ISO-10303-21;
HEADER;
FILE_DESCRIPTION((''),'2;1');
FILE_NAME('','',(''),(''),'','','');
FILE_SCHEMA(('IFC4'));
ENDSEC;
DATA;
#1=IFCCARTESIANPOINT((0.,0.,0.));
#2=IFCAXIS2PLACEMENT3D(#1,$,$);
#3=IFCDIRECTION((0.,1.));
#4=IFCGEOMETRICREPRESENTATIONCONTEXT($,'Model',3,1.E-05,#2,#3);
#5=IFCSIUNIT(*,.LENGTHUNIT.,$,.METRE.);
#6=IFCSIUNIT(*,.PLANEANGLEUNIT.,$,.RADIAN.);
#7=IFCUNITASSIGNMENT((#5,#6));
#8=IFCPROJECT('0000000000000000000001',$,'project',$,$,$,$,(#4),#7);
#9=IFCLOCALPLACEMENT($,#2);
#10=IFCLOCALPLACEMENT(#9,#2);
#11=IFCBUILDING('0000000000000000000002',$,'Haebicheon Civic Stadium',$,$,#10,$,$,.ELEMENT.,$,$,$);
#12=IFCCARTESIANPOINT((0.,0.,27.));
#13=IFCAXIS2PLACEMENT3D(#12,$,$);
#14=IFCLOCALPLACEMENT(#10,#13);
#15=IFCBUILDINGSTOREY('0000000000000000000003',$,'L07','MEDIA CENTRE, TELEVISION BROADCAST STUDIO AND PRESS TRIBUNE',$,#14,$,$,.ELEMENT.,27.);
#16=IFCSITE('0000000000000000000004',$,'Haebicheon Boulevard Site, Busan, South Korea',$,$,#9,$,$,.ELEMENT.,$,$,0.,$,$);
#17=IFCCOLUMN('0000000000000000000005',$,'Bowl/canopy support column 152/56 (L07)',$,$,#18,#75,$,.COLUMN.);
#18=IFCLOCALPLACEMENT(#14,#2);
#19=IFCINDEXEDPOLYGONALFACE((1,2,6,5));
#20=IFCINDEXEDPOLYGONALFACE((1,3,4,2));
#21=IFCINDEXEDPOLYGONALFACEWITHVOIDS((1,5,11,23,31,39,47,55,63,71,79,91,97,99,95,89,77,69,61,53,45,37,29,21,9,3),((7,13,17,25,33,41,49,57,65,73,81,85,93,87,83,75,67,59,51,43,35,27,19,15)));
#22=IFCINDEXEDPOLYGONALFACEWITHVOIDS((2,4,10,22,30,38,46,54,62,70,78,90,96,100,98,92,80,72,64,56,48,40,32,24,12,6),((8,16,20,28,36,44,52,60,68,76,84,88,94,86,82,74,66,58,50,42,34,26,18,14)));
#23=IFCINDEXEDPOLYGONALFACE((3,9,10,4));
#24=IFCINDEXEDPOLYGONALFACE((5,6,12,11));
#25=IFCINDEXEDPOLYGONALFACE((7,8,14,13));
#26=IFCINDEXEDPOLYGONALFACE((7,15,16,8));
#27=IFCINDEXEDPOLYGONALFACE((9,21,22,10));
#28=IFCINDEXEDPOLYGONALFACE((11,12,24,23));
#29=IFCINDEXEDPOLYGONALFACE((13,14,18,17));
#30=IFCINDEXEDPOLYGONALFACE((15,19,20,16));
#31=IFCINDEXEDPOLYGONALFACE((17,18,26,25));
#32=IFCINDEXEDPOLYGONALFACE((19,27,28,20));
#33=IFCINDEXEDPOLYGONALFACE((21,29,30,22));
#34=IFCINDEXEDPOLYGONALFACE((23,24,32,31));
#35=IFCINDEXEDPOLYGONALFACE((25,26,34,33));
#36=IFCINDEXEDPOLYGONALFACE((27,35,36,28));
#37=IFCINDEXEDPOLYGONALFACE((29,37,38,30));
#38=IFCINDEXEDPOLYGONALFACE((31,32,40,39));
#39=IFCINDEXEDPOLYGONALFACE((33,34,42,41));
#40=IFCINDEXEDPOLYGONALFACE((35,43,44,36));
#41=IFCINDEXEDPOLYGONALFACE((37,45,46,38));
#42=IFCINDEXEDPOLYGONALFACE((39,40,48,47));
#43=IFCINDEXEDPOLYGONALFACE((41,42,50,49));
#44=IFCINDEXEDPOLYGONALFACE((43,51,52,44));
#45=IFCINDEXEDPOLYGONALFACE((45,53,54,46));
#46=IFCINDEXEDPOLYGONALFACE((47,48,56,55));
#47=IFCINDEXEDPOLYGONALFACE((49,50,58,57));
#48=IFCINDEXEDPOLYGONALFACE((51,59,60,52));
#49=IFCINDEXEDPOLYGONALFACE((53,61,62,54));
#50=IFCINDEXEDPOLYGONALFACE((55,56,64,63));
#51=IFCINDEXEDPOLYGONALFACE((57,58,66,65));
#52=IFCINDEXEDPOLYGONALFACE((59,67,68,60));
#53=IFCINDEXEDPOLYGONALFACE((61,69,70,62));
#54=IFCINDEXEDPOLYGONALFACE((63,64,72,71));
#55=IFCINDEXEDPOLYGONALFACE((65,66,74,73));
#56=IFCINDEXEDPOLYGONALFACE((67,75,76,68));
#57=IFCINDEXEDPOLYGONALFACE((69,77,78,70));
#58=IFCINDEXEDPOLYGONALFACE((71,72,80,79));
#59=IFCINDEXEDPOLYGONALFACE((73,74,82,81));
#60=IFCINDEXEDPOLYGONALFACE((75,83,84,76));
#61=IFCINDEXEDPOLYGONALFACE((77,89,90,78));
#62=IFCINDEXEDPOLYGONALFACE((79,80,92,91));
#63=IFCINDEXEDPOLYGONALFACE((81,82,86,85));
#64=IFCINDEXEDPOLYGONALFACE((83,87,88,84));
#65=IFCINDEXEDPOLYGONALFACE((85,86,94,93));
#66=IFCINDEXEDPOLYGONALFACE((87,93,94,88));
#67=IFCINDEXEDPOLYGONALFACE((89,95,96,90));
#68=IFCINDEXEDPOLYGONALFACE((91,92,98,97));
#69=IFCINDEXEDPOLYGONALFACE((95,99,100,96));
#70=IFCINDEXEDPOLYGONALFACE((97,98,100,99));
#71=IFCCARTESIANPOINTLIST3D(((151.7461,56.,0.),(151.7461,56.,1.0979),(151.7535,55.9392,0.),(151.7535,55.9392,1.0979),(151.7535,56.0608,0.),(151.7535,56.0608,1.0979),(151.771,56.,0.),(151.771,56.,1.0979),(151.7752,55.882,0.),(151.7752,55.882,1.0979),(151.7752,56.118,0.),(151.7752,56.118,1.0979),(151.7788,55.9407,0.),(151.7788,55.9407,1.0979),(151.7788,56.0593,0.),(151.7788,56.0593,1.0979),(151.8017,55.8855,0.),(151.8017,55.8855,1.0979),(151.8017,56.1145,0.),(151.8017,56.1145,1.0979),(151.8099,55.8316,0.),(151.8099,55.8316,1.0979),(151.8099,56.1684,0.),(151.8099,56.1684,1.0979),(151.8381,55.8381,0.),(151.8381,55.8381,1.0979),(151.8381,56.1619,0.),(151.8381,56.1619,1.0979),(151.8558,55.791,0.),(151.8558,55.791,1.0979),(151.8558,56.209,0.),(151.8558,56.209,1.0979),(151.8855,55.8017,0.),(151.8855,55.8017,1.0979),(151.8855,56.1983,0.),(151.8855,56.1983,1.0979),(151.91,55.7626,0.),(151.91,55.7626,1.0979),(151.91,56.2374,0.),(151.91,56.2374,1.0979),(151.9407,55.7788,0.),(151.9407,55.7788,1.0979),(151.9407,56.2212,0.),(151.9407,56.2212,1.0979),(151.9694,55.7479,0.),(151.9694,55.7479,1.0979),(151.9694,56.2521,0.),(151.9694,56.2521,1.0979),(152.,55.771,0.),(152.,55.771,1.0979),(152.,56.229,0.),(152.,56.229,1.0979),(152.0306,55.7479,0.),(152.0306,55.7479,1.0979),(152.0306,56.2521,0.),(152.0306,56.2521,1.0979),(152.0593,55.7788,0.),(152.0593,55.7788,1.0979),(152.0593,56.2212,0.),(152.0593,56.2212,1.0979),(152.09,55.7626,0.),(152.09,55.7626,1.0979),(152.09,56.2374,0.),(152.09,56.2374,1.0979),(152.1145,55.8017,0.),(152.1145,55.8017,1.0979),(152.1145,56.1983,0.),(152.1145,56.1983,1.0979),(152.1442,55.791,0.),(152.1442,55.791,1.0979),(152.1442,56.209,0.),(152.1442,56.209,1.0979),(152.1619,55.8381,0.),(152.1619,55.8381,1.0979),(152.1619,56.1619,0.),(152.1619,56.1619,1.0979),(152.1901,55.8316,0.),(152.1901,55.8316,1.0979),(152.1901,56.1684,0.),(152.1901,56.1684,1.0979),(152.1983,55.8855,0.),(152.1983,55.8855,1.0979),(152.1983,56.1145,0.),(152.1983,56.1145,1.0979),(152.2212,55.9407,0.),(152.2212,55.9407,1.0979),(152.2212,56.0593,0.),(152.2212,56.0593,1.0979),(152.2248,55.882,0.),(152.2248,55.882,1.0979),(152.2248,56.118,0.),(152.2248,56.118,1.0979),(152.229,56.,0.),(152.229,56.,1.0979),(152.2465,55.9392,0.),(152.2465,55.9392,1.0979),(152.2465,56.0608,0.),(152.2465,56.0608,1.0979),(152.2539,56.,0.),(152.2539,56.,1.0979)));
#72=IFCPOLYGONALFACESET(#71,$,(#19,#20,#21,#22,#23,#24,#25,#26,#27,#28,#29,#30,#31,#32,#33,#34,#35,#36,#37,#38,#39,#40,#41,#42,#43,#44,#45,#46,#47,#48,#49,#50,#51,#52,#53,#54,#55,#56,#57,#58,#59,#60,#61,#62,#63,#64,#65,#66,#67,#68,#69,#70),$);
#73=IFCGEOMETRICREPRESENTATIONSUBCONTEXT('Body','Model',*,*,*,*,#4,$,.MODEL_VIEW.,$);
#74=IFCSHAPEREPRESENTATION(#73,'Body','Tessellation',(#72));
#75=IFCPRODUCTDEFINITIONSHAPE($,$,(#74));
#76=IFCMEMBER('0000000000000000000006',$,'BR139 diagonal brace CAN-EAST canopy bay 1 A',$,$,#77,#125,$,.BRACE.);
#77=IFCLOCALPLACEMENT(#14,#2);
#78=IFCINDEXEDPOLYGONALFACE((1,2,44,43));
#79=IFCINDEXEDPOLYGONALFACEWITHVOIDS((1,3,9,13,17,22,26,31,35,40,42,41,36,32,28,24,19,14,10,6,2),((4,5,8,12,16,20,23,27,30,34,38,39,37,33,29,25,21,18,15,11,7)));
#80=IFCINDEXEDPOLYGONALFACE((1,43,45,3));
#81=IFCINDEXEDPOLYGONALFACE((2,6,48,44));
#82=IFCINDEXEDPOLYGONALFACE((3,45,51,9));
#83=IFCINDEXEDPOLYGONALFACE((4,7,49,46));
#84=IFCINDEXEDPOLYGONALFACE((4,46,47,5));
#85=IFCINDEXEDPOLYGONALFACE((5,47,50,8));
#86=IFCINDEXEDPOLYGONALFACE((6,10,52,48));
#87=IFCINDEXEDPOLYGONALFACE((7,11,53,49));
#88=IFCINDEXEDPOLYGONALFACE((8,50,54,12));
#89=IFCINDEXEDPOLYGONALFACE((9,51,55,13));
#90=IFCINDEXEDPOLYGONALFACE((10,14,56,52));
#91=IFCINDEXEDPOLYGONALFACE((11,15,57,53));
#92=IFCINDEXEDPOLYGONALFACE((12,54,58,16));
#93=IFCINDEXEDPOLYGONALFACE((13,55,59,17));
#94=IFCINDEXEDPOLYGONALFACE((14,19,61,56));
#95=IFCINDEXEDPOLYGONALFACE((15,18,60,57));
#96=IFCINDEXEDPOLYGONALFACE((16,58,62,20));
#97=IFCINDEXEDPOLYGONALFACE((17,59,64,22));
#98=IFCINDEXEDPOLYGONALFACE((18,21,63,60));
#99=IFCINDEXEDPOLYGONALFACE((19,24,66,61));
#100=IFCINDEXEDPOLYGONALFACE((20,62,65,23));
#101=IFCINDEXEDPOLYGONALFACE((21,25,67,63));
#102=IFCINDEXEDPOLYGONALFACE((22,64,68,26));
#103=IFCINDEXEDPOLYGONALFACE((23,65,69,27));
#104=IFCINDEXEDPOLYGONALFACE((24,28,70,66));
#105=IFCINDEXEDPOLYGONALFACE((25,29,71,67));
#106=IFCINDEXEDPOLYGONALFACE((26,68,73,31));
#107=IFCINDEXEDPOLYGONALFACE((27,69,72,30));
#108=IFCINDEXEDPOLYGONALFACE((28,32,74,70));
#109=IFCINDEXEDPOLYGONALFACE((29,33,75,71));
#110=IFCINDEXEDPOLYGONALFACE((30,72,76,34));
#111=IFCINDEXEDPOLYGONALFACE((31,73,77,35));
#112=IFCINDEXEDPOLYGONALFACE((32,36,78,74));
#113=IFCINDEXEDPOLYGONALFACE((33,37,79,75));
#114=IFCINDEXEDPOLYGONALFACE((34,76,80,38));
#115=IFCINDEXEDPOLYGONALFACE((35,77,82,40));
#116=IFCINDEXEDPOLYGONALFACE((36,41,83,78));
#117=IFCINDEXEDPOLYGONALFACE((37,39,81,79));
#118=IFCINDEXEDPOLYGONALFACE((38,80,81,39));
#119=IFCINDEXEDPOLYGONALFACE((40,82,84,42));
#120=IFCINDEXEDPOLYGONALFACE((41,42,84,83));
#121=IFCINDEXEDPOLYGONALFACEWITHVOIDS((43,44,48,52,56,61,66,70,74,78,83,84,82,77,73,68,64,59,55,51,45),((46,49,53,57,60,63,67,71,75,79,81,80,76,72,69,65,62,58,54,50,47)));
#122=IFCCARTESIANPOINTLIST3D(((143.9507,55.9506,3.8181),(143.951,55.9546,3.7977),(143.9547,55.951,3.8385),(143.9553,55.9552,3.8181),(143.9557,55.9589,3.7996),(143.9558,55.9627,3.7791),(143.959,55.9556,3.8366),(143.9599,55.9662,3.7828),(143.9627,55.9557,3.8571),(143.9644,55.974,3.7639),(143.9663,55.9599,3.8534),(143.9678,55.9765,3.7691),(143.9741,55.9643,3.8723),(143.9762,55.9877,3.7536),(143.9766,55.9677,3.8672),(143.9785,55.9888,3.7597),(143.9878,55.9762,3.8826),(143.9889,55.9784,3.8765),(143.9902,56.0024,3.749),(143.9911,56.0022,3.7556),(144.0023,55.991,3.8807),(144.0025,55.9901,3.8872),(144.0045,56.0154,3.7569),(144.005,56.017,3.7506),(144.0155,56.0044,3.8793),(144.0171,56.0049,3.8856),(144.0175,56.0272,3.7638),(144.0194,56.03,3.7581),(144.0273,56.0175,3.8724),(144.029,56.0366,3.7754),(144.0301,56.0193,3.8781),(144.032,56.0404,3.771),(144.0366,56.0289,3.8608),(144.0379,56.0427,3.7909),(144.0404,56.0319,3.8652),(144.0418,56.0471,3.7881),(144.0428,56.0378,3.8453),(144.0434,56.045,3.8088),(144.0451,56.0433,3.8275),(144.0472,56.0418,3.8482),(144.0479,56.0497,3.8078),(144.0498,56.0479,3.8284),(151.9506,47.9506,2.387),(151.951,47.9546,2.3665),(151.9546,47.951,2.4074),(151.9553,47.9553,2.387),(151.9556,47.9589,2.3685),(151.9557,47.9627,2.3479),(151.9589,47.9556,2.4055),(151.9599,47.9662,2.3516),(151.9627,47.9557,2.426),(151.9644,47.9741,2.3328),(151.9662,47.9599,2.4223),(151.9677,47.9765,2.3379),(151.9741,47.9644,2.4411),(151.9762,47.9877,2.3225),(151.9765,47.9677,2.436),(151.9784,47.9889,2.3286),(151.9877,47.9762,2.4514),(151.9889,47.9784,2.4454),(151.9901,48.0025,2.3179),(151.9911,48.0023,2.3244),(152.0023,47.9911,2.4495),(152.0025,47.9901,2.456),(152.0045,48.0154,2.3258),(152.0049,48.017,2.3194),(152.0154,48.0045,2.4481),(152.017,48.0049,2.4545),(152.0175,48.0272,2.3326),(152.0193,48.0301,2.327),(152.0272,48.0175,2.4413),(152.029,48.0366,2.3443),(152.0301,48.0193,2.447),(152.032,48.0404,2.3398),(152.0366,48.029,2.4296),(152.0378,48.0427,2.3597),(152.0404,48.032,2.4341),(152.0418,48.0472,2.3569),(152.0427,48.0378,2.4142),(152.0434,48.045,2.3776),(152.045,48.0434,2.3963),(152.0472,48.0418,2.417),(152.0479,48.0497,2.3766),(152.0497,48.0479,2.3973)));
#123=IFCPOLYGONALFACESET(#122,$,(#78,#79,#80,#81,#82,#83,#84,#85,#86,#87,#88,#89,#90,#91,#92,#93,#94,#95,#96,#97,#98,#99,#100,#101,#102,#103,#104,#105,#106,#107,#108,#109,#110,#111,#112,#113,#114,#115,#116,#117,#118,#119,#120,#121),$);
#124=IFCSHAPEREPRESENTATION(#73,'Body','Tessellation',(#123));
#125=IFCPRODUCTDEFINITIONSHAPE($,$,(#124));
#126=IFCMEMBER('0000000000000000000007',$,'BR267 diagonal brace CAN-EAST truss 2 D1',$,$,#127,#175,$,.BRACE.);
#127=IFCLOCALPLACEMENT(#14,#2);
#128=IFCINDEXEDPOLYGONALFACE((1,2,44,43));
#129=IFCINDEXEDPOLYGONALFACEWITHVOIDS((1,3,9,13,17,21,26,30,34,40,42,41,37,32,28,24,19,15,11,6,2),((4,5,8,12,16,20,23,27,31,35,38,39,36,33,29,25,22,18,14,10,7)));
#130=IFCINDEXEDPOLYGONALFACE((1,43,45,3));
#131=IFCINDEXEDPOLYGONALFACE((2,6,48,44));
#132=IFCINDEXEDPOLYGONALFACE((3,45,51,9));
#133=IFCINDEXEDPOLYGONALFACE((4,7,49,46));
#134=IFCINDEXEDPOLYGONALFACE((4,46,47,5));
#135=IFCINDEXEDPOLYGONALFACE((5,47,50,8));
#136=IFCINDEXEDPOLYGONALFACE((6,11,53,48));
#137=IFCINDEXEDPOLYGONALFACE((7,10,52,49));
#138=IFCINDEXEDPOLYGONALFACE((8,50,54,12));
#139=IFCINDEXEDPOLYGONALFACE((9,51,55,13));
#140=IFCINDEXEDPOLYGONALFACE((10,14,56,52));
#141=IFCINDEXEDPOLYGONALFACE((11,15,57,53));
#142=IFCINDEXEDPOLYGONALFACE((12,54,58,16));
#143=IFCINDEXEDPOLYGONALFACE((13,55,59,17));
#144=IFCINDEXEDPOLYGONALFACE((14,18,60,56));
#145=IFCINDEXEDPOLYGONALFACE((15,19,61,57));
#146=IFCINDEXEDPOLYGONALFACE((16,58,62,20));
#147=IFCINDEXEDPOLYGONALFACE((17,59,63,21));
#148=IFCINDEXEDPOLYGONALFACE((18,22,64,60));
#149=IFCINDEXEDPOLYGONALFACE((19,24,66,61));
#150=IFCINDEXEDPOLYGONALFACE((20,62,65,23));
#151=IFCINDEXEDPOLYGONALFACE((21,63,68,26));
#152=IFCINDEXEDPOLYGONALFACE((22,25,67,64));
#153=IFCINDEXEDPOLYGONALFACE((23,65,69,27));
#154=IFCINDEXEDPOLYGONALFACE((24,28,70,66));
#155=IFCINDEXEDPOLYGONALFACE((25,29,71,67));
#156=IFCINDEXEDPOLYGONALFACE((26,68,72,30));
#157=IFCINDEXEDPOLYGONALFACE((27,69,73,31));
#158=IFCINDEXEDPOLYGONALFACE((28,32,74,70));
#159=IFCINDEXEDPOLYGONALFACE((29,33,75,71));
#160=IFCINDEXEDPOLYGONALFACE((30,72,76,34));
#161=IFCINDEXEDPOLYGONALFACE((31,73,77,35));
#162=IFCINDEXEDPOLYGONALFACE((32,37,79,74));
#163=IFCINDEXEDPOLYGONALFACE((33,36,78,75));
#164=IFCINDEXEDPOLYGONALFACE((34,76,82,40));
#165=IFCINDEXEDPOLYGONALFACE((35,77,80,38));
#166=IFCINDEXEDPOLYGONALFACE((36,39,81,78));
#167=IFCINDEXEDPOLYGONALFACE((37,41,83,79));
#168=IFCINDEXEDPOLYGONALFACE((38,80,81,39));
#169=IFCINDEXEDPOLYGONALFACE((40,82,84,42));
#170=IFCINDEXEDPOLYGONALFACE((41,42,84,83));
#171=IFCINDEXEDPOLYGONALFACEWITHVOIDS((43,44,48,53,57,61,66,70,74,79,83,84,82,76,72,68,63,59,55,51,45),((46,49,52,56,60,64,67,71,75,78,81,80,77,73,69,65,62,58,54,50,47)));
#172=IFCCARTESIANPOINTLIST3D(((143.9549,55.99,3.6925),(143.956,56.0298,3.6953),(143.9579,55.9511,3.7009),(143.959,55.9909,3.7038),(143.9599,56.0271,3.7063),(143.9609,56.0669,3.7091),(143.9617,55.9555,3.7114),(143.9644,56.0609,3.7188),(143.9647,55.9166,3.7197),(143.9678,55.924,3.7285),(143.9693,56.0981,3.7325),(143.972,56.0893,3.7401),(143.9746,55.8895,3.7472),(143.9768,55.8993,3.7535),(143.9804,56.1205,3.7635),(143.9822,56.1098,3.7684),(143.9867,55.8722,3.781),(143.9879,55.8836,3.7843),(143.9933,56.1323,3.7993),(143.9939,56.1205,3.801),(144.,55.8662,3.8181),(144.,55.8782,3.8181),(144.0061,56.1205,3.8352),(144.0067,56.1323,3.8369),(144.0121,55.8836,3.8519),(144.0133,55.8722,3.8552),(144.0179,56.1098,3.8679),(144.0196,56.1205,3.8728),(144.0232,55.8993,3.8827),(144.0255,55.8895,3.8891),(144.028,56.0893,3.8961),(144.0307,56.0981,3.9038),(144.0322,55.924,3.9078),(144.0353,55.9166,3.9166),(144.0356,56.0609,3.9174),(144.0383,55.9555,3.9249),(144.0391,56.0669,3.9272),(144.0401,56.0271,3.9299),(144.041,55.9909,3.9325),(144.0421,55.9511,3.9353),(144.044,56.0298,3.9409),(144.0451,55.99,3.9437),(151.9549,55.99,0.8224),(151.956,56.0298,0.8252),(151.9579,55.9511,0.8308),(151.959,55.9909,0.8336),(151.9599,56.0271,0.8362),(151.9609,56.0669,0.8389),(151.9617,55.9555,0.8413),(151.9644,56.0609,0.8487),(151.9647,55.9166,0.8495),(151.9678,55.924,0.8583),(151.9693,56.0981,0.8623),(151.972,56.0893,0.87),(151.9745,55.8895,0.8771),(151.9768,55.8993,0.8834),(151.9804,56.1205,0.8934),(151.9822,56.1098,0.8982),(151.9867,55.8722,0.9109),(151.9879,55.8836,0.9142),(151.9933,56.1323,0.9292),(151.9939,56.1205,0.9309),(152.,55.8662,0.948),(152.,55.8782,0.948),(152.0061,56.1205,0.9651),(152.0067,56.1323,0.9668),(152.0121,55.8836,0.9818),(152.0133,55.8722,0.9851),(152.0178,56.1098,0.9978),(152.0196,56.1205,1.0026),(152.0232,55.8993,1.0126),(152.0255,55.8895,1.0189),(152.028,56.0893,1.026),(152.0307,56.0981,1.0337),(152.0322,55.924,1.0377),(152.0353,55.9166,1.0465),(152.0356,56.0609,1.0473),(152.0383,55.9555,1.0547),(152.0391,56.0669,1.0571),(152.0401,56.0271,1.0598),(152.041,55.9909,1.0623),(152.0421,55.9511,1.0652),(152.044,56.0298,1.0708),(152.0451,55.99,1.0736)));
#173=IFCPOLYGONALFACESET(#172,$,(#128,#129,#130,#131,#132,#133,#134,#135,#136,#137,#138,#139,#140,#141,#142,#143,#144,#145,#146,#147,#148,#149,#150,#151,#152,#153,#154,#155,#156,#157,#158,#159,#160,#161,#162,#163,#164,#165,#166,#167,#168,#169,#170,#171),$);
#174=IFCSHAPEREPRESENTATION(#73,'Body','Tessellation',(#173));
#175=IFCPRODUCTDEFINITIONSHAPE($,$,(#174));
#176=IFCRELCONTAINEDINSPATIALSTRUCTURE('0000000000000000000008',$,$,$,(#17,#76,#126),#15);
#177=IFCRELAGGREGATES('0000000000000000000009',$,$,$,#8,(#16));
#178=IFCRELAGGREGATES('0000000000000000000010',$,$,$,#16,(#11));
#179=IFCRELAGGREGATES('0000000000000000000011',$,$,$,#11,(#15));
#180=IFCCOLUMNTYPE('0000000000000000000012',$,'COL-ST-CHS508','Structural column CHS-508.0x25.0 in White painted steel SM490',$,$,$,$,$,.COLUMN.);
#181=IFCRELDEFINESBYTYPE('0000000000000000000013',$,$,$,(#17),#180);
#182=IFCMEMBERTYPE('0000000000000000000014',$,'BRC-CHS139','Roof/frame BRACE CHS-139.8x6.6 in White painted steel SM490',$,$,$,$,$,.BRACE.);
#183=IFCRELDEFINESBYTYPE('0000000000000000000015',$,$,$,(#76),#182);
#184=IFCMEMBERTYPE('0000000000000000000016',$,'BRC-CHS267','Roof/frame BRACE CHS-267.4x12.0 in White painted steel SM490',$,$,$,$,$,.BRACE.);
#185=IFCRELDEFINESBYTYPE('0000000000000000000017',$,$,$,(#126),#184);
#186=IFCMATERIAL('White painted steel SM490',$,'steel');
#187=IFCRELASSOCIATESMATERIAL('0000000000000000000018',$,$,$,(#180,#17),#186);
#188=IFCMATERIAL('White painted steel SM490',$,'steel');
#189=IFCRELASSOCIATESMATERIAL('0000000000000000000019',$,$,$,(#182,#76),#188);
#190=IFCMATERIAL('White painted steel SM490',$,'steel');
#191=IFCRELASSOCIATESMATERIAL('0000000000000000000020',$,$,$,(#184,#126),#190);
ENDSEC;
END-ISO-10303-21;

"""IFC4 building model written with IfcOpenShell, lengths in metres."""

from ifc_helpers import new_model, si_unit, direction, frame, origin, origin_2d, place, context, subcontext, project, spatial, hollow_circle, extrude, material, material_profile, profile_set, type_object, element, save


model = new_model("IFC4")

# Units and contexts
model_context = context("Model", 3, precision=1e-05, world=origin(), true_north=direction((0.0, 1.0)))
body_context = subcontext(model_context, "Body", "Model", "MODEL_VIEW")
ifc_project = project(units=[si_unit("LENGTHUNIT", "METRE"), si_unit("PLANEANGLEUNIT", "RADIAN")], contexts=[model_context])

# Site, building, storey
site_placement = place(None, origin())
site = spatial("IfcSite", under=ifc_project, at=site_placement, Name="Haebicheon Boulevard Site, Busan, South Korea", CompositionType="ELEMENT", RefElevation=0.0)
building_placement = place(site_placement, origin())
building = spatial("IfcBuilding", under=site, at=building_placement, Name="Haebicheon Civic Stadium", CompositionType="ELEMENT")
storey_placement = place(building_placement, frame((0.0, 0.0, 27.0)))
storey = spatial("IfcBuildingStorey", under=building, at=storey_placement, Name="L07", Description="MEDIA CENTRE, TELEVISION BROADCAST STUDIO AND PRESS TRIBUNE", CompositionType="ELEMENT", Elevation=27.0)

# Column
ifc_material_1 = material(Name="White painted steel SM490", Category="steel")
ifc_material_profile_1 = material_profile(ifc_material_1, hollow_circle(Radius=0.2539, WallThickness=0.0249, at=origin_2d()), Name="CHS-508.0x25.0")
ifc_profile_set_1 = profile_set([ifc_material_profile_1], Name="White painted steel SM490")
column_type = type_object("IfcColumnType", Name="COL-ST-CHS508", Description="Structural column CHS-508.0x25.0 in White painted steel SM490", PredefinedType="COLUMN", material=ifc_profile_set_1)
column_placement = place(storey_placement, frame((152.0, 56.0, 0.0), z_axis=(0.0, 0.0, 1.0), x_axis=(1.0, 0.0, 0.0)))
element("IfcColumn", 1, at=column_placement, inside=storey, type_object=column_type, material=ifc_profile_set_1, Name="Bowl/canopy support column 152/56 (L07)", PredefinedType="COLUMN", context=body_context, shape_type="SweptSolid", body=[
    extrude(hollow_circle(Radius=0.2539, WallThickness=0.0249, at=origin_2d()), origin(), (0.0, 0.0, 1.0), 1.0979),
])

# Members
ifc_material_2 = material(Name="White painted steel SM490", Category="steel")
ifc_material_profile_2 = material_profile(ifc_material_2, hollow_circle(Radius=0.0698, WallThickness=0.0066, at=origin_2d()), Name="CHS-139.8x6.6")
ifc_profile_set_2 = profile_set([ifc_material_profile_2], Name="White painted steel SM490")
member_type_1 = type_object("IfcMemberType", Name="BRC-CHS139", Description="Roof/frame BRACE CHS-139.8x6.6 in White painted steel SM490", PredefinedType="BRACE", material=ifc_profile_set_2)
member_1_placement = place(storey_placement, frame((152.0, 48.0, 2.387), z_axis=(-0.701516, 0.701516, 0.125497), x_axis=(-0.707107, -0.707107, 0.0)))
element("IfcMember", 2, at=member_1_placement, inside=storey, type_object=member_type_1, material=ifc_profile_set_2, Name="BR139 diagonal brace CAN-EAST canopy bay 1 A", PredefinedType="BRACE", context=body_context, shape_type="SweptSolid", body=[
    extrude(hollow_circle(Radius=0.0698, WallThickness=0.0066, at=origin_2d()), origin(), (0.0, 0.0, 1.0), 11.4038),
])
ifc_material_3 = material(Name="White painted steel SM490", Category="steel")
ifc_material_profile_3 = material_profile(ifc_material_3, hollow_circle(Radius=0.1338, WallThickness=0.012, at=origin_2d()), Name="CHS-267.4x12.0")
ifc_profile_set_3 = profile_set([ifc_material_profile_3], Name="White painted steel SM490")
member_type_2 = type_object("IfcMemberType", Name="BRC-CHS267", Description="Roof/frame BRACE CHS-267.4x12.0 in White painted steel SM490", PredefinedType="BRACE", material=ifc_profile_set_3)
member_2_placement = place(storey_placement, frame((152.0, 56.0, 0.948), z_axis=(-0.941257, 0.0, 0.33769), x_axis=(0.0, -1.0, 0.0)))
element("IfcMember", 3, at=member_2_placement, inside=storey, type_object=member_type_2, material=ifc_profile_set_3, Name="BR267 diagonal brace CAN-EAST truss 2 D1", PredefinedType="BRACE", context=body_context, shape_type="SweptSolid", body=[
    extrude(hollow_circle(Radius=0.1338, WallThickness=0.012, at=origin_2d()), origin(), (0.0, 0.0, 1.0), 8.4993),
])

save(model, "model.ifc")
